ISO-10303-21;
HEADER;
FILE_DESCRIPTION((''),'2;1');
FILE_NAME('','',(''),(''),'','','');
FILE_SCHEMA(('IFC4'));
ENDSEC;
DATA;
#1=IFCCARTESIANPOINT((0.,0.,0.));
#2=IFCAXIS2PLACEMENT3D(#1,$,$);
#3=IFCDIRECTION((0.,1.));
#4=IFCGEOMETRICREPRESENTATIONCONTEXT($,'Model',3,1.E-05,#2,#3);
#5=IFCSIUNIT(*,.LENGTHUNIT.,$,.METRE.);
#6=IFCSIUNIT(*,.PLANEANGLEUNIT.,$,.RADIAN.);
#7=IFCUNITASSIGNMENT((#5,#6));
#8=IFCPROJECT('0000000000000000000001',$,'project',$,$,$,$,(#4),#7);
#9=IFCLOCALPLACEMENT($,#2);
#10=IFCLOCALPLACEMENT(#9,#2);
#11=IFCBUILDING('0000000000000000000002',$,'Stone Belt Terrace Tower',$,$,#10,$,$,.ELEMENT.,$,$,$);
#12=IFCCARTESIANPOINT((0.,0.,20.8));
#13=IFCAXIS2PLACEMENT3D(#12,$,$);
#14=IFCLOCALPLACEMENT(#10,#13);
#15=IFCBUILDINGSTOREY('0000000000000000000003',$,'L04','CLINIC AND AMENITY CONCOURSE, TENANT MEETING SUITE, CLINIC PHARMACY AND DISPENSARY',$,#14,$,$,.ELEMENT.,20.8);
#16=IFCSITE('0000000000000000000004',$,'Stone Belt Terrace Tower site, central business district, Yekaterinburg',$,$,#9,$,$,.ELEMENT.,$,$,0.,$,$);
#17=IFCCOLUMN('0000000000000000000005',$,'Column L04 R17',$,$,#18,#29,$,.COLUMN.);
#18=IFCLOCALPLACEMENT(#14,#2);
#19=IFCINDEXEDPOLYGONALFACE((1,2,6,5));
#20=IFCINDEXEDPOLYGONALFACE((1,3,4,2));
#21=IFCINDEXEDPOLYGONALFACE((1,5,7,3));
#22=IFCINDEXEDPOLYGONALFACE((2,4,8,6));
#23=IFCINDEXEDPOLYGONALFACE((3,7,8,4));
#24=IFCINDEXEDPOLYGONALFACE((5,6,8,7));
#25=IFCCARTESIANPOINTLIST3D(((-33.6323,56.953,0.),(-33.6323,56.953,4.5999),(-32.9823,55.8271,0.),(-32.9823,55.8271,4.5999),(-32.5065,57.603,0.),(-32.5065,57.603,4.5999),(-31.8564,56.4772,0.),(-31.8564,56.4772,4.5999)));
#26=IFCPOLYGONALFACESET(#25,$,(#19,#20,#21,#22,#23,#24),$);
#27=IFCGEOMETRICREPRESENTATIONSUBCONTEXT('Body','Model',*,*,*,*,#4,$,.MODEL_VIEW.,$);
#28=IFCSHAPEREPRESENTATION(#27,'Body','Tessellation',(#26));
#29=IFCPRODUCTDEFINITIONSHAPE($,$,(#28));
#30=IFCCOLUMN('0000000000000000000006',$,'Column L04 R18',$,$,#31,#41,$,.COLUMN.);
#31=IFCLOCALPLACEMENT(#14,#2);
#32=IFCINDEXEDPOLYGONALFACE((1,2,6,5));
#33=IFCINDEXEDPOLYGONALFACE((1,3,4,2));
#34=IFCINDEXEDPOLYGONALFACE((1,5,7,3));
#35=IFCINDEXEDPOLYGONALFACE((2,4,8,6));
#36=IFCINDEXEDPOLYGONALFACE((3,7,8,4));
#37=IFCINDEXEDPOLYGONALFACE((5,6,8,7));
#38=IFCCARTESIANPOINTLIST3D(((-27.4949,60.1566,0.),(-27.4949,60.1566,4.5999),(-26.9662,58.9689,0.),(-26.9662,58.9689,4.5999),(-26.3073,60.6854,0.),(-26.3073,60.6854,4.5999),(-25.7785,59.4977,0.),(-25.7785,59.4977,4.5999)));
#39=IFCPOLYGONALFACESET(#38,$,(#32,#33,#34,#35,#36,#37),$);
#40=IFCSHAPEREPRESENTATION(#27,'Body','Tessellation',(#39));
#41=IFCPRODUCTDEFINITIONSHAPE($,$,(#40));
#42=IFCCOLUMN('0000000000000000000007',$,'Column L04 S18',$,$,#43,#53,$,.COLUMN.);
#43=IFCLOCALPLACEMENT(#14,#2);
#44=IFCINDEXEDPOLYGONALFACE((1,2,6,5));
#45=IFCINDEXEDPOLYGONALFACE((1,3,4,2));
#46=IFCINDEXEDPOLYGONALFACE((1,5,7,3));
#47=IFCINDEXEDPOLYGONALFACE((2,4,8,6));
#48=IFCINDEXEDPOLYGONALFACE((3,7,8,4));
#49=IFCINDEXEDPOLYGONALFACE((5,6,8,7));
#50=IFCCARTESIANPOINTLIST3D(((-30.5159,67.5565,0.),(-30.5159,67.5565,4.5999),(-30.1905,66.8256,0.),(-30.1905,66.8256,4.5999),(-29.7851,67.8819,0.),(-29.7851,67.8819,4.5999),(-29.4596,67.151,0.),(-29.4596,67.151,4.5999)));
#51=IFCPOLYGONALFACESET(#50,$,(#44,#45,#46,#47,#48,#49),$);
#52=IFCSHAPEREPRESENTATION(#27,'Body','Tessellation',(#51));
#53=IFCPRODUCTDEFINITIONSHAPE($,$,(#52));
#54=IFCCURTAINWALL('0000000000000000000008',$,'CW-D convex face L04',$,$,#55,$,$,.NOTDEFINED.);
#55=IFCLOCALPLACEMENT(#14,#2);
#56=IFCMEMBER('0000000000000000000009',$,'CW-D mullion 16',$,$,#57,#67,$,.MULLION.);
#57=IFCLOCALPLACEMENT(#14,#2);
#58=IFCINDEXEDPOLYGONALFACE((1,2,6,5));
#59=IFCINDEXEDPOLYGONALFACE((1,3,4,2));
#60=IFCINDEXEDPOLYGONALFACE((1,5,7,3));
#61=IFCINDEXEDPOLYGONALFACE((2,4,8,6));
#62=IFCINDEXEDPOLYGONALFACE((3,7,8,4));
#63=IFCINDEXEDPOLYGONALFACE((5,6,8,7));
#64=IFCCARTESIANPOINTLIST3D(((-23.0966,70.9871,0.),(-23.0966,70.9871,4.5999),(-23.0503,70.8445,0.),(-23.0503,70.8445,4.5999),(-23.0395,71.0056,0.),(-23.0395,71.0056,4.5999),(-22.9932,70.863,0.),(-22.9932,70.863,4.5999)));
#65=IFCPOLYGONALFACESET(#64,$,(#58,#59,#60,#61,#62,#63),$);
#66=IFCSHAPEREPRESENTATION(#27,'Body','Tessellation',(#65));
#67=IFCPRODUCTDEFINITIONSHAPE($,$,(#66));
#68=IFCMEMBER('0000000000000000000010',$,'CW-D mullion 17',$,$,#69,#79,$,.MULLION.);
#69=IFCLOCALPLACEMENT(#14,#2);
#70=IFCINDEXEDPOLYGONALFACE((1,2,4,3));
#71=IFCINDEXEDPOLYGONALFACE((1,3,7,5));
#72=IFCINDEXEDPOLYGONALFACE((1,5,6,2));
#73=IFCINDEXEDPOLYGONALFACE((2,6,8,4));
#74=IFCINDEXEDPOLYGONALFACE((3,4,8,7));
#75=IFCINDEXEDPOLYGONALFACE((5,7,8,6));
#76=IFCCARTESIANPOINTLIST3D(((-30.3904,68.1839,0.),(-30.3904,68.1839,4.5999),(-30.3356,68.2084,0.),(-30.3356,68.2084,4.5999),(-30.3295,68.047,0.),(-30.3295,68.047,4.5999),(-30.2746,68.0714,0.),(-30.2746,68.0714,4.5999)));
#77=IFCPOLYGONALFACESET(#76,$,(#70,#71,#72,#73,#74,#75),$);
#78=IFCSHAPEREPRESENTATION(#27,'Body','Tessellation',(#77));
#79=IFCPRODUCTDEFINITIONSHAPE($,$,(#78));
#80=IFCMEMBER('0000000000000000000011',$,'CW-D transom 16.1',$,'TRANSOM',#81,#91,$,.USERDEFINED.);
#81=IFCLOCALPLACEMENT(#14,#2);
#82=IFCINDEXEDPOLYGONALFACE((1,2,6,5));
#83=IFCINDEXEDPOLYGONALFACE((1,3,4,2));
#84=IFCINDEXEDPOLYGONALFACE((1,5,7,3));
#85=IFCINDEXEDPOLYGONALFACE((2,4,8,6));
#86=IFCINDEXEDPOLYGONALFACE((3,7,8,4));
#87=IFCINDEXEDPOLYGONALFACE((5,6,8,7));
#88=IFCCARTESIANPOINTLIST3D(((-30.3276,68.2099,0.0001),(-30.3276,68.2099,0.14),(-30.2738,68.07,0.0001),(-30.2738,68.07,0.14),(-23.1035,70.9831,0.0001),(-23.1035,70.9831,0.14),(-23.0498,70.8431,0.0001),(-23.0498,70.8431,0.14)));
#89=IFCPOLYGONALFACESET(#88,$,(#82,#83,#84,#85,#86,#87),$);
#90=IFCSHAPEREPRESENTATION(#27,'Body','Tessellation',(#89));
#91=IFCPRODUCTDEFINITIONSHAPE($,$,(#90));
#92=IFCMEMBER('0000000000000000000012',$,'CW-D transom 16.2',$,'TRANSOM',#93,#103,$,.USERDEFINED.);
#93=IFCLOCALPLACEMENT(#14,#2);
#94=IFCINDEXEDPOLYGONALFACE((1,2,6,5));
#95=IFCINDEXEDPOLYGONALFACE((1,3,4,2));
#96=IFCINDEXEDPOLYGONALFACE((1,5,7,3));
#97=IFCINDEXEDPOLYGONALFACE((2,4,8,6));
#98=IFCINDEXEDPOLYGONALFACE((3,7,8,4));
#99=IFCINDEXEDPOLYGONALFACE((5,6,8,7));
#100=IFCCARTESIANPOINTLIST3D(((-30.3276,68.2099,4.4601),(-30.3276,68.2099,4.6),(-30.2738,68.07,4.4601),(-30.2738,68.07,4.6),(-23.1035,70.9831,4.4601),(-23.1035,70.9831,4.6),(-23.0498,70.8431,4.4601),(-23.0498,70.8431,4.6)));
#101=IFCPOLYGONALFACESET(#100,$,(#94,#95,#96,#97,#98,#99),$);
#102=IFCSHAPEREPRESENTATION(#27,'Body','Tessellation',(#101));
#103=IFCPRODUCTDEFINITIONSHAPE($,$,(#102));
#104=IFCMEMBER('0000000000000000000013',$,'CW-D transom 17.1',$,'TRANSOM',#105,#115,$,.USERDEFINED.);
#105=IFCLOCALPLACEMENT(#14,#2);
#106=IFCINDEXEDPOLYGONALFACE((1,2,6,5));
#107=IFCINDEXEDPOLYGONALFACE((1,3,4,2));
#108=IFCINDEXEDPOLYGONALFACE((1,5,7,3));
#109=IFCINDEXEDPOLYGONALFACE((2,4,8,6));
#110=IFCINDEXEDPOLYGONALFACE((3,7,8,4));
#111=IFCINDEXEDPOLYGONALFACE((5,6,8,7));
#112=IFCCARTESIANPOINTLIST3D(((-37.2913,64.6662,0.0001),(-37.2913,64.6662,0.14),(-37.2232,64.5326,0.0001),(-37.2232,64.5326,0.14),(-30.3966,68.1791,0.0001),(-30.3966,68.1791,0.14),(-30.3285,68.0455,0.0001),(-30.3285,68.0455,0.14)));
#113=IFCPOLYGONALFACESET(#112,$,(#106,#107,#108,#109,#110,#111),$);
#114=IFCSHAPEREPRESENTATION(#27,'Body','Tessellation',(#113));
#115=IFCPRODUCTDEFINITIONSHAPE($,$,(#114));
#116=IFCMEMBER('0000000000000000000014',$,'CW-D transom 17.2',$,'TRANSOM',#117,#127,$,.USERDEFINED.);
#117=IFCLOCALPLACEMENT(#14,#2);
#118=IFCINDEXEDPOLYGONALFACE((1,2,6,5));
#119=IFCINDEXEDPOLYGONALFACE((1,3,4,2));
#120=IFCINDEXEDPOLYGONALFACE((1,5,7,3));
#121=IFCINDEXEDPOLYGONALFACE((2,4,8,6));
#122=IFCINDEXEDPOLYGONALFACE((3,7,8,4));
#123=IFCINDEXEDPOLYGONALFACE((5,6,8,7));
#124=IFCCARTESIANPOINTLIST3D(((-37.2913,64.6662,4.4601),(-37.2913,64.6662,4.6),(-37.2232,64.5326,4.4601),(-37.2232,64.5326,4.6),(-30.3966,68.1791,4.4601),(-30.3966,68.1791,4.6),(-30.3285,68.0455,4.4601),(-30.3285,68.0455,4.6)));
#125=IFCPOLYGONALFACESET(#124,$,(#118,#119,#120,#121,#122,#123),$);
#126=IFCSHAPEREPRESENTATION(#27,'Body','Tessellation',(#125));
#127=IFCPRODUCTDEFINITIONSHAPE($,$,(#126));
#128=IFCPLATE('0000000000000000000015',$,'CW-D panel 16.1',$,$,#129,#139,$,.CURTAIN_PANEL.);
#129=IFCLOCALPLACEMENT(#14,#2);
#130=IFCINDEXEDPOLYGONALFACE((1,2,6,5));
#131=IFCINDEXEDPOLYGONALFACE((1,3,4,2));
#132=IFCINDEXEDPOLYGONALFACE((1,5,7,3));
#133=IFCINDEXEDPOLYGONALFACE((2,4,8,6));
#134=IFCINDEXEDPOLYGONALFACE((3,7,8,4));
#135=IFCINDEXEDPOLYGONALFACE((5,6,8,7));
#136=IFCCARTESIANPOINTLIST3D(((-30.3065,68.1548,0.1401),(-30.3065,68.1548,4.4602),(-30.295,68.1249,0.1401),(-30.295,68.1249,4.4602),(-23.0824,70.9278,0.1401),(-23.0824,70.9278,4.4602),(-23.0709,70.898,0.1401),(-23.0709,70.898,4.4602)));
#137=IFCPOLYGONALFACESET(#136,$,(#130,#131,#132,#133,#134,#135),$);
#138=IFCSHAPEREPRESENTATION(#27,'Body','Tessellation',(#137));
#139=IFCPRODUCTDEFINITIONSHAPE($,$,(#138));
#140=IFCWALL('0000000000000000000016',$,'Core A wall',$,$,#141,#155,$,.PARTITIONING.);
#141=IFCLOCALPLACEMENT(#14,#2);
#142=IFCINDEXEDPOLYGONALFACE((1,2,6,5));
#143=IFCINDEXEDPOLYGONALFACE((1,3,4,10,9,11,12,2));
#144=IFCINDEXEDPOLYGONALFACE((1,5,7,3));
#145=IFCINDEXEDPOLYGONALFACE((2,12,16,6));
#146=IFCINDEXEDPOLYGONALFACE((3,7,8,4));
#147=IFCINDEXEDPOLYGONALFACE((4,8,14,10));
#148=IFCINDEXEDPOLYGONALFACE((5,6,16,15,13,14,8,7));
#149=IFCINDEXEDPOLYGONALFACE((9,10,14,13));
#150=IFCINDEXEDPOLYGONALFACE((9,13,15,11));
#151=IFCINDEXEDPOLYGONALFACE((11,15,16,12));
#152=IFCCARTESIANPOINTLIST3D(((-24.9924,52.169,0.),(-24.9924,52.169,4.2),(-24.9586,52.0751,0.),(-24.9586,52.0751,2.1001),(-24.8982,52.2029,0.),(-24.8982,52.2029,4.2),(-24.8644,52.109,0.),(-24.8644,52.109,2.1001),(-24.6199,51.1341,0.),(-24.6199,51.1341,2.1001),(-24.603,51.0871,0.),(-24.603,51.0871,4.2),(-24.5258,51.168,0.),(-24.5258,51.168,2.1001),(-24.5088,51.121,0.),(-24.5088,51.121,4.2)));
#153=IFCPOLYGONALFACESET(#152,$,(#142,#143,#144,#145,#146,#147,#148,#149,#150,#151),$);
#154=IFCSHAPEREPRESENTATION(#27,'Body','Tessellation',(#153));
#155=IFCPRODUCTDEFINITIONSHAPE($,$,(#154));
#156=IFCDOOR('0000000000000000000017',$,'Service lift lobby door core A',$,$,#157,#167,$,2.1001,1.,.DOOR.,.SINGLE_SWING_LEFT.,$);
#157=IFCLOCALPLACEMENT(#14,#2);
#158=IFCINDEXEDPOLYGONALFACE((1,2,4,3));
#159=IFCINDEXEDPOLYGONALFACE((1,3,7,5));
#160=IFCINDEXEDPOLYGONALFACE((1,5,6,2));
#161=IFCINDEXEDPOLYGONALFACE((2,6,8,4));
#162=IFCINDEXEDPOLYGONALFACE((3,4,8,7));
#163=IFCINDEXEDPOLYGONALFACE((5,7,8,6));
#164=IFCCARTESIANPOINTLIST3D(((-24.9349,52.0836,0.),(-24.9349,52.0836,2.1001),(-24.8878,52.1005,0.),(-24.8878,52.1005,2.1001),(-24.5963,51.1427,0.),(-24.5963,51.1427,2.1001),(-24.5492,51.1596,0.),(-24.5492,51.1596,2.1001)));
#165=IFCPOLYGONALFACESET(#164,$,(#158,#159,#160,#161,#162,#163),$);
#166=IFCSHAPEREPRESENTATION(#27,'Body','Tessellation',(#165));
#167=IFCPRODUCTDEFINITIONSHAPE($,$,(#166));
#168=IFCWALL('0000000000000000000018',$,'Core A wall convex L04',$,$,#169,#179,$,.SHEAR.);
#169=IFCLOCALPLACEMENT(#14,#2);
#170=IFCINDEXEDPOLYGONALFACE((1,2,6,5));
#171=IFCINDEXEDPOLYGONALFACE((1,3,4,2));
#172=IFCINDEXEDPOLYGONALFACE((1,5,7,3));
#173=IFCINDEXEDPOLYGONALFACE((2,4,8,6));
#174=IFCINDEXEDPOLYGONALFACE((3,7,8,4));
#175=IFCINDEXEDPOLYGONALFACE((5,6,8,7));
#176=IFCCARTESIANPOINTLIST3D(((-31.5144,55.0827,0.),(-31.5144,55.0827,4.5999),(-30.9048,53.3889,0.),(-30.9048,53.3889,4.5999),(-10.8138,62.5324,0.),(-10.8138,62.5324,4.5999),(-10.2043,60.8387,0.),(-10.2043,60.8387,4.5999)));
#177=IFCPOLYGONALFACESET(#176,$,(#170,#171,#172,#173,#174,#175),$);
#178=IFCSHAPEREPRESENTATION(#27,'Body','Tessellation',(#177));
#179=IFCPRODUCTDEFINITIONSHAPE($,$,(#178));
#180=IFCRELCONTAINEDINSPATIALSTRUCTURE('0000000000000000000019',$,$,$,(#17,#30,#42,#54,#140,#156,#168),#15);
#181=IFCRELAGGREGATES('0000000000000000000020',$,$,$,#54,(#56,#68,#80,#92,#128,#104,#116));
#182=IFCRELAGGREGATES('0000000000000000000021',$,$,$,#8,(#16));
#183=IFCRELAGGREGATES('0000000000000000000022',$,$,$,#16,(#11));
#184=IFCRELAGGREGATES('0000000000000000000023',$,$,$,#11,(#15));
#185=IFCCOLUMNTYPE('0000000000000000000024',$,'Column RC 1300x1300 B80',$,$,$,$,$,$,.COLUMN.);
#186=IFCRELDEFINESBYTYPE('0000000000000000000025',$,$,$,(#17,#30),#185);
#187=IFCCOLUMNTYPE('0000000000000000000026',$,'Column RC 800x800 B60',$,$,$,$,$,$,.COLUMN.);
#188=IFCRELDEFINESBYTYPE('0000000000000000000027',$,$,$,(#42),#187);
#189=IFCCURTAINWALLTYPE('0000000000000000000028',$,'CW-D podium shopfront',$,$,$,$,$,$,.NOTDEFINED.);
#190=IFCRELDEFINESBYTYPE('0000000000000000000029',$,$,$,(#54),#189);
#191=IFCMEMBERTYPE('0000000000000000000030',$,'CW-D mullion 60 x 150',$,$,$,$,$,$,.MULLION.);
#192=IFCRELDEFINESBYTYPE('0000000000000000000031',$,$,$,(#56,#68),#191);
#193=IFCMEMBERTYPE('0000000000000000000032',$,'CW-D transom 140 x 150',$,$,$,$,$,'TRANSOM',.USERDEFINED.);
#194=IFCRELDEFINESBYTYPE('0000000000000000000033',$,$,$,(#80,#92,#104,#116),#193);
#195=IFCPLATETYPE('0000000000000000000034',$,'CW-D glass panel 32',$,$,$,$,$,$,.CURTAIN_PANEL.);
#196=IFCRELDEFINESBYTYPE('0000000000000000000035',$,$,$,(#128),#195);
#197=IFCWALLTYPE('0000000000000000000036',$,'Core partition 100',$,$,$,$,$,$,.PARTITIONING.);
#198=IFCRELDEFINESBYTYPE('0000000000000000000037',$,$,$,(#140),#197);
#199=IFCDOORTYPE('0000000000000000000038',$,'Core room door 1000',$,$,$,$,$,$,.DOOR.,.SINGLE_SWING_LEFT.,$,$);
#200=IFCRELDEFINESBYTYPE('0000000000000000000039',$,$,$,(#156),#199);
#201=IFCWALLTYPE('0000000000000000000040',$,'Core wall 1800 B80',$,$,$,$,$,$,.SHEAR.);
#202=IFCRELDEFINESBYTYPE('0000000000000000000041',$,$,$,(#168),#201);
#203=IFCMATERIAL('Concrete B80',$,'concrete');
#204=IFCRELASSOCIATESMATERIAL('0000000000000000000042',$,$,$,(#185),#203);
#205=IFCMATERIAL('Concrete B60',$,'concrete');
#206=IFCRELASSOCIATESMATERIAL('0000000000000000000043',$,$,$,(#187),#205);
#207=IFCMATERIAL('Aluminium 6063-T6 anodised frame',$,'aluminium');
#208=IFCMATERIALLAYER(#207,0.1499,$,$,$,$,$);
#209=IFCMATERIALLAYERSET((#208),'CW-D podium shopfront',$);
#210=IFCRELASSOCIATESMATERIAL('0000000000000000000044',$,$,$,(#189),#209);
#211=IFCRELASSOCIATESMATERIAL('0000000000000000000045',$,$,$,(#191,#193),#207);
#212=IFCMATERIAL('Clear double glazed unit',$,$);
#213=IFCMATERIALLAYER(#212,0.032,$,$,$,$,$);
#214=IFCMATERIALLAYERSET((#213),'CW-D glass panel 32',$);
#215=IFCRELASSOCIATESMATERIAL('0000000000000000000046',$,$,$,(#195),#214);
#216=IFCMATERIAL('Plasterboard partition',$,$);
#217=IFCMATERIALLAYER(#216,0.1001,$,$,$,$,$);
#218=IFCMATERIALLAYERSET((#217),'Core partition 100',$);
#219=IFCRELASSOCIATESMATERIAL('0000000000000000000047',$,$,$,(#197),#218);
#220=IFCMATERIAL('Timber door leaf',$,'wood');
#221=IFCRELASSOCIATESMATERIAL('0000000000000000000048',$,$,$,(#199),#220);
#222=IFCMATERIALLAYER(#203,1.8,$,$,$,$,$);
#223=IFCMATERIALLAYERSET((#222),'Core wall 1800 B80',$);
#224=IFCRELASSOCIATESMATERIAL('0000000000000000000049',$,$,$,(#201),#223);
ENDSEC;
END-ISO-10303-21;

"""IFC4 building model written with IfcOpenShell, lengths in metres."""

from ifc_helpers import new_model, si_unit, direction, frame, frame_2d, origin, origin_2d, place, context, subcontext, project, spatial, rectangle, extrude, material, layer, layer_set, material_profile, profile_set, type_object, element, fill, aggregate, save


model = new_model("IFC4")

# Units and contexts
model_context = context("Model", 3, precision=1e-05, world=origin(), true_north=direction((0.0, 1.0)))
body_context = subcontext(model_context, "Body", "Model", "MODEL_VIEW")
ifc_project = project(units=[si_unit("LENGTHUNIT", "METRE"), si_unit("PLANEANGLEUNIT", "RADIAN")], contexts=[model_context])

# Site, building, storey
site_placement = place(None, origin())
site = spatial("IfcSite", under=ifc_project, at=site_placement, Name="Stone Belt Terrace Tower site, central business district, Yekaterinburg", CompositionType="ELEMENT", RefElevation=0.0)
building_placement = place(site_placement, origin())
building = spatial("IfcBuilding", under=site, at=building_placement, Name="Stone Belt Terrace Tower", CompositionType="ELEMENT")
storey_placement = place(building_placement, frame((0.0, 0.0, 20.8)))
storey = spatial("IfcBuildingStorey", under=building, at=storey_placement, Name="L04", Description="CLINIC AND AMENITY CONCOURSE, TENANT MEETING SUITE, CLINIC PHARMACY AND DISPENSARY", CompositionType="ELEMENT", Elevation=20.8)

# Columns
ifc_material_1 = material(Name="Concrete B80", Category="concrete")
ifc_material_profile_1 = material_profile(ifc_material_1, rectangle(XDim=1.3, YDim=1.3, at=origin_2d()), Name="RC 1300x1300")
ifc_profile_set_1 = profile_set([ifc_material_profile_1], Name="Concrete B80")
column_type_1 = type_object("IfcColumnType", Name="Column RC 1300x1300 B80", PredefinedType="COLUMN", material=ifc_profile_set_1)
for number, where, z_axis, x_axis, name in (
    (1, (-32.7444, 56.7151, 0.0), (0.0, 0.0, 1.0), (0.866025, 0.5, 0.0), "Column L04 R17"),
    (2, (-26.6367, 59.8271, 0.0), (0.0, 0.0, 1.0), (0.913545, 0.406737, 0.0), "Column L04 R18"),
):
    element("IfcColumn", number, at=place(storey_placement, frame(where, z_axis=z_axis, x_axis=x_axis)), inside=storey, type_object=column_type_1, Name=name, PredefinedType="COLUMN", context=body_context, shape_type="SweptSolid", body=[
        extrude(rectangle(XDim=1.3, YDim=1.3, at=origin_2d()), origin(), (0.0, 0.0, 1.0), 4.5999),
    ])
ifc_material_2 = material(Name="Concrete B60", Category="concrete")
ifc_material_profile_2 = material_profile(ifc_material_2, rectangle(XDim=0.8, YDim=0.8, at=origin_2d()), Name="RC 800x800")
ifc_profile_set_2 = profile_set([ifc_material_profile_2], Name="Concrete B60")
column_type_2 = type_object("IfcColumnType", Name="Column RC 800x800 B60", PredefinedType="COLUMN", material=ifc_profile_set_2)
column_placement = place(storey_placement, frame((-29.9878, 67.3538, 0.0), z_axis=(0.0, 0.0, 1.0), x_axis=(0.913545, 0.406737, 0.0)))
element("IfcColumn", 3, at=column_placement, inside=storey, type_object=column_type_2, Name="Column L04 S18", PredefinedType="COLUMN", context=body_context, shape_type="SweptSolid", body=[
    extrude(rectangle(XDim=0.8, YDim=0.8, at=origin_2d()), origin(), (0.0, 0.0, 1.0), 4.5999),
])

# Curtain wall, members, plate
ifc_material_3 = material(Name="Aluminium 6063-T6 anodised frame", Category="aluminium")
ifc_layer_1 = layer(ifc_material_3, 0.1499)
ifc_layer_set_1 = layer_set([ifc_layer_1], Name="CW-D podium shopfront")
curtain_wall_type = type_object("IfcCurtainWallType", Name="CW-D podium shopfront", PredefinedType="NOTDEFINED", material=ifc_layer_set_1)
curtain_wall_placement = place(storey_placement, origin())
curtain_wall = element("IfcCurtainWall", 4, at=curtain_wall_placement, inside=storey, type_object=curtain_wall_type, Name="CW-D convex face L04", PredefinedType="NOTDEFINED")
ifc_material_profile_3 = material_profile(ifc_material_3, rectangle(XDim=0.1499, YDim=0.0601, at=origin_2d()), Name="Aluminium 6063-T6 60x150")
ifc_profile_set_3 = profile_set([ifc_material_profile_3], Name="Aluminium 6063-T6 anodised frame")
member_type_1 = type_object("IfcMemberType", Name="CW-D mullion 60 x 150", PredefinedType="MULLION", material=ifc_profile_set_3)
member_1_placement = place(storey_placement, frame((-23.0449, 70.925, 0.0), z_axis=(0.0, 0.0, 1.0), x_axis=(0.309017, -0.951057, 0.0)))
member_1 = element("IfcMember", 5, at=member_1_placement, type_object=member_type_1, Name="CW-D mullion 16", PredefinedType="MULLION", context=body_context, shape_type="SweptSolid", body=[
    extrude(rectangle(XDim=0.1499, YDim=0.0601, at=origin_2d()), origin(), (0.0, 0.0, 1.0), 4.5999),
])
member_2_placement = place(storey_placement, frame((-30.3325, 68.1277, 0.0), z_axis=(0.0, 0.0, 1.0), x_axis=(0.406737, -0.913545, 0.0)))
member_2 = element("IfcMember", 6, at=member_2_placement, type_object=member_type_1, Name="CW-D mullion 17", PredefinedType="MULLION", context=body_context, shape_type="SweptSolid", body=[
    extrude(rectangle(XDim=0.1499, YDim=0.0601, at=origin_2d()), origin(), (0.0, 0.0, 1.0), 4.5999),
])
ifc_material_profile_4 = material_profile(ifc_material_3, rectangle(XDim=0.1499, YDim=0.1399, at=origin_2d()), Name="Aluminium 6063-T6 150x140")
ifc_profile_set_4 = profile_set([ifc_material_profile_4], Name="Aluminium 6063-T6 anodised frame")
member_type_2 = type_object("IfcMemberType", Name="CW-D transom 140 x 150", ElementType="TRANSOM", PredefinedType="USERDEFINED", material=ifc_profile_set_4)
member_3_placement = place(storey_placement, frame((-23.0767, 70.9131, 0.0701), z_axis=(-0.933576, -0.358381, 0.0), x_axis=(0.358381, -0.933576, 0.0)))
member_3 = element("IfcMember", 7, at=member_3_placement, type_object=member_type_2, Name="CW-D transom 16.1", ObjectType="TRANSOM", PredefinedType="USERDEFINED", context=body_context, shape_type="SweptSolid", body=[
    extrude(rectangle(XDim=0.1499, YDim=0.1399, at=origin_2d()), origin(), (0.0, 0.0, 1.0), 7.738),
])
member_4_placement = place(storey_placement, frame((-23.0767, 70.9131, 4.53), z_axis=(-0.933576, -0.358381, 0.0), x_axis=(0.358381, -0.933576, 0.0)))
member_4 = element("IfcMember", 8, at=member_4_placement, type_object=member_type_2, Name="CW-D transom 16.2", ObjectType="TRANSOM", PredefinedType="USERDEFINED", context=body_context, shape_type="SweptSolid", body=[
    extrude(rectangle(XDim=0.1499, YDim=0.1399, at=origin_2d()), origin(), (0.0, 0.0, 1.0), 7.738),
])
member_5_placement = place(storey_placement, frame((-30.3625, 68.1123, 0.0701), z_axis=(-0.891013, -0.453978, 0.0), x_axis=(0.453978, -0.891013, 0.0)))
member_5 = element("IfcMember", 9, at=member_5_placement, type_object=member_type_2, Name="CW-D transom 17.1", ObjectType="TRANSOM", PredefinedType="USERDEFINED", context=body_context, shape_type="SweptSolid", body=[
    extrude(rectangle(XDim=0.1499, YDim=0.1399, at=origin_2d()), origin(), (0.0, 0.0, 1.0), 7.738),
])
member_6_placement = place(storey_placement, frame((-30.3625, 68.1123, 4.53), z_axis=(-0.891013, -0.453978, 0.0), x_axis=(0.453978, -0.891013, 0.0)))
member_6 = element("IfcMember", 10, at=member_6_placement, type_object=member_type_2, Name="CW-D transom 17.2", ObjectType="TRANSOM", PredefinedType="USERDEFINED", context=body_context, shape_type="SweptSolid", body=[
    extrude(rectangle(XDim=0.1499, YDim=0.1399, at=origin_2d()), origin(), (0.0, 0.0, 1.0), 7.738),
])
ifc_material_4 = material(Name="Clear double glazed unit")
ifc_layer_2 = layer(ifc_material_4, 0.032)
ifc_layer_set_2 = layer_set([ifc_layer_2], Name="CW-D glass panel 32")
plate_type = type_object("IfcPlateType", Name="CW-D glass panel 32", PredefinedType="CURTAIN_PANEL", material=ifc_layer_set_2)
plate_placement = place(storey_placement, frame((-26.6887, 69.5264, 0.1401), z_axis=(0.0, 0.0, 1.0), x_axis=(-0.93358, -0.358368, 0.0)))
plate = element("IfcPlate", 11, at=plate_placement, type_object=plate_type, Name="CW-D panel 16.1", PredefinedType="CURTAIN_PANEL", context=body_context, shape_type="SweptSolid", body=[
    extrude(rectangle(XDim=7.738, YDim=0.032, at=origin_2d()), origin(), (0.0, 0.0, 1.0), 4.3201),
])
aggregate(curtain_wall, [member_1, member_2, member_3, member_4, plate, member_5, member_6])

# Wall, opening, door
ifc_material_5 = material(Name="Plasterboard partition")
ifc_layer_3 = layer(ifc_material_5, 0.1001)
ifc_layer_set_3 = layer_set([ifc_layer_3], Name="Core partition 100")
wall_type_1 = type_object("IfcWallType", Name="Core partition 100", PredefinedType="PARTITIONING", material=ifc_layer_set_3)
wall_1_placement = place(storey_placement, frame((-24.5559, 51.104, 0.0), z_axis=(0.0, 0.0, 1.0), x_axis=(-0.338622, 0.940923, 0.0)))
wall_1 = element("IfcWall", 12, at=wall_1_placement, inside=storey, type_object=wall_type_1, Name="Core A wall", PredefinedType="PARTITIONING", context=body_context, shape_type="SweptSolid", body=[
    extrude(rectangle(XDim=1.1499, YDim=0.1001, at=frame_2d((0.575, 0.0))), origin(), (0.0, 0.0, 1.0), 4.2),
])
opening_1_placement = place(wall_1_placement, frame((0.05, 0.0, 0.0)))
opening_1 = element("IfcOpeningElement", 13, at=opening_1_placement, cuts=wall_1, PredefinedType="OPENING", context=body_context, shape_type="SweptSolid", body=[
    extrude(rectangle(XDim=1.0, YDim=2.1001, at=frame_2d((0.5, 1.05))), frame((0.0, 0.0601, 0.0), z_axis=(0.0, -1.0, 0.0), x_axis=(1.0, 0.0, 0.0)), (0.0, 0.0, 1.0), 0.1201),
])
ifc_material_6 = material(Name="Timber door leaf", Category="wood")
door_type_1 = type_object("IfcDoorType", Name="Core room door 1000", OperationType="SINGLE_SWING_LEFT", PredefinedType="DOOR", material=ifc_material_6)
door_1_placement = place(opening_1_placement, origin())
door_1 = element("IfcDoor", 14, at=door_1_placement, inside=storey, type_object=door_type_1, Name="Service lift lobby door core A", OperationType="SINGLE_SWING_LEFT", OverallHeight=2.1001, OverallWidth=1.0, PredefinedType="DOOR", context=body_context, shape_type="SweptSolid", body=[
    extrude(rectangle(XDim=1.0, YDim=2.1001, at=frame_2d((0.5, 1.05))), frame((0.0, 0.0249, 0.0), z_axis=(0.0, -1.0, 0.0), x_axis=(1.0, 0.0, 0.0)), (0.0, 0.0, 1.0), 0.05),
])
fill(opening_1, door_1)

# Wall
ifc_layer_4 = layer(ifc_material_1, 1.8)
ifc_layer_set_4 = layer_set([ifc_layer_4], Name="Core wall 1800 B80")
wall_type_2 = type_object("IfcWallType", Name="Core wall 1800 B80", PredefinedType="SHEAR", material=ifc_layer_set_4)
wall_2_placement = place(storey_placement, frame((-31.2095, 54.2358, 0.0), z_axis=(0.0, 0.0, 1.0), x_axis=(0.940923, 0.338621, 0.0)))
element("IfcWall", 15, at=wall_2_placement, inside=storey, type_object=wall_type_2, Name="Core A wall convex L04", PredefinedType="SHEAR", context=body_context, shape_type="SweptSolid", body=[
    extrude(rectangle(XDim=22.0002, YDim=1.8, at=frame_2d((11.0, 0.0))), origin(), (0.0, 0.0, 1.0), 4.5999),
])

save(model, "model.ifc")
